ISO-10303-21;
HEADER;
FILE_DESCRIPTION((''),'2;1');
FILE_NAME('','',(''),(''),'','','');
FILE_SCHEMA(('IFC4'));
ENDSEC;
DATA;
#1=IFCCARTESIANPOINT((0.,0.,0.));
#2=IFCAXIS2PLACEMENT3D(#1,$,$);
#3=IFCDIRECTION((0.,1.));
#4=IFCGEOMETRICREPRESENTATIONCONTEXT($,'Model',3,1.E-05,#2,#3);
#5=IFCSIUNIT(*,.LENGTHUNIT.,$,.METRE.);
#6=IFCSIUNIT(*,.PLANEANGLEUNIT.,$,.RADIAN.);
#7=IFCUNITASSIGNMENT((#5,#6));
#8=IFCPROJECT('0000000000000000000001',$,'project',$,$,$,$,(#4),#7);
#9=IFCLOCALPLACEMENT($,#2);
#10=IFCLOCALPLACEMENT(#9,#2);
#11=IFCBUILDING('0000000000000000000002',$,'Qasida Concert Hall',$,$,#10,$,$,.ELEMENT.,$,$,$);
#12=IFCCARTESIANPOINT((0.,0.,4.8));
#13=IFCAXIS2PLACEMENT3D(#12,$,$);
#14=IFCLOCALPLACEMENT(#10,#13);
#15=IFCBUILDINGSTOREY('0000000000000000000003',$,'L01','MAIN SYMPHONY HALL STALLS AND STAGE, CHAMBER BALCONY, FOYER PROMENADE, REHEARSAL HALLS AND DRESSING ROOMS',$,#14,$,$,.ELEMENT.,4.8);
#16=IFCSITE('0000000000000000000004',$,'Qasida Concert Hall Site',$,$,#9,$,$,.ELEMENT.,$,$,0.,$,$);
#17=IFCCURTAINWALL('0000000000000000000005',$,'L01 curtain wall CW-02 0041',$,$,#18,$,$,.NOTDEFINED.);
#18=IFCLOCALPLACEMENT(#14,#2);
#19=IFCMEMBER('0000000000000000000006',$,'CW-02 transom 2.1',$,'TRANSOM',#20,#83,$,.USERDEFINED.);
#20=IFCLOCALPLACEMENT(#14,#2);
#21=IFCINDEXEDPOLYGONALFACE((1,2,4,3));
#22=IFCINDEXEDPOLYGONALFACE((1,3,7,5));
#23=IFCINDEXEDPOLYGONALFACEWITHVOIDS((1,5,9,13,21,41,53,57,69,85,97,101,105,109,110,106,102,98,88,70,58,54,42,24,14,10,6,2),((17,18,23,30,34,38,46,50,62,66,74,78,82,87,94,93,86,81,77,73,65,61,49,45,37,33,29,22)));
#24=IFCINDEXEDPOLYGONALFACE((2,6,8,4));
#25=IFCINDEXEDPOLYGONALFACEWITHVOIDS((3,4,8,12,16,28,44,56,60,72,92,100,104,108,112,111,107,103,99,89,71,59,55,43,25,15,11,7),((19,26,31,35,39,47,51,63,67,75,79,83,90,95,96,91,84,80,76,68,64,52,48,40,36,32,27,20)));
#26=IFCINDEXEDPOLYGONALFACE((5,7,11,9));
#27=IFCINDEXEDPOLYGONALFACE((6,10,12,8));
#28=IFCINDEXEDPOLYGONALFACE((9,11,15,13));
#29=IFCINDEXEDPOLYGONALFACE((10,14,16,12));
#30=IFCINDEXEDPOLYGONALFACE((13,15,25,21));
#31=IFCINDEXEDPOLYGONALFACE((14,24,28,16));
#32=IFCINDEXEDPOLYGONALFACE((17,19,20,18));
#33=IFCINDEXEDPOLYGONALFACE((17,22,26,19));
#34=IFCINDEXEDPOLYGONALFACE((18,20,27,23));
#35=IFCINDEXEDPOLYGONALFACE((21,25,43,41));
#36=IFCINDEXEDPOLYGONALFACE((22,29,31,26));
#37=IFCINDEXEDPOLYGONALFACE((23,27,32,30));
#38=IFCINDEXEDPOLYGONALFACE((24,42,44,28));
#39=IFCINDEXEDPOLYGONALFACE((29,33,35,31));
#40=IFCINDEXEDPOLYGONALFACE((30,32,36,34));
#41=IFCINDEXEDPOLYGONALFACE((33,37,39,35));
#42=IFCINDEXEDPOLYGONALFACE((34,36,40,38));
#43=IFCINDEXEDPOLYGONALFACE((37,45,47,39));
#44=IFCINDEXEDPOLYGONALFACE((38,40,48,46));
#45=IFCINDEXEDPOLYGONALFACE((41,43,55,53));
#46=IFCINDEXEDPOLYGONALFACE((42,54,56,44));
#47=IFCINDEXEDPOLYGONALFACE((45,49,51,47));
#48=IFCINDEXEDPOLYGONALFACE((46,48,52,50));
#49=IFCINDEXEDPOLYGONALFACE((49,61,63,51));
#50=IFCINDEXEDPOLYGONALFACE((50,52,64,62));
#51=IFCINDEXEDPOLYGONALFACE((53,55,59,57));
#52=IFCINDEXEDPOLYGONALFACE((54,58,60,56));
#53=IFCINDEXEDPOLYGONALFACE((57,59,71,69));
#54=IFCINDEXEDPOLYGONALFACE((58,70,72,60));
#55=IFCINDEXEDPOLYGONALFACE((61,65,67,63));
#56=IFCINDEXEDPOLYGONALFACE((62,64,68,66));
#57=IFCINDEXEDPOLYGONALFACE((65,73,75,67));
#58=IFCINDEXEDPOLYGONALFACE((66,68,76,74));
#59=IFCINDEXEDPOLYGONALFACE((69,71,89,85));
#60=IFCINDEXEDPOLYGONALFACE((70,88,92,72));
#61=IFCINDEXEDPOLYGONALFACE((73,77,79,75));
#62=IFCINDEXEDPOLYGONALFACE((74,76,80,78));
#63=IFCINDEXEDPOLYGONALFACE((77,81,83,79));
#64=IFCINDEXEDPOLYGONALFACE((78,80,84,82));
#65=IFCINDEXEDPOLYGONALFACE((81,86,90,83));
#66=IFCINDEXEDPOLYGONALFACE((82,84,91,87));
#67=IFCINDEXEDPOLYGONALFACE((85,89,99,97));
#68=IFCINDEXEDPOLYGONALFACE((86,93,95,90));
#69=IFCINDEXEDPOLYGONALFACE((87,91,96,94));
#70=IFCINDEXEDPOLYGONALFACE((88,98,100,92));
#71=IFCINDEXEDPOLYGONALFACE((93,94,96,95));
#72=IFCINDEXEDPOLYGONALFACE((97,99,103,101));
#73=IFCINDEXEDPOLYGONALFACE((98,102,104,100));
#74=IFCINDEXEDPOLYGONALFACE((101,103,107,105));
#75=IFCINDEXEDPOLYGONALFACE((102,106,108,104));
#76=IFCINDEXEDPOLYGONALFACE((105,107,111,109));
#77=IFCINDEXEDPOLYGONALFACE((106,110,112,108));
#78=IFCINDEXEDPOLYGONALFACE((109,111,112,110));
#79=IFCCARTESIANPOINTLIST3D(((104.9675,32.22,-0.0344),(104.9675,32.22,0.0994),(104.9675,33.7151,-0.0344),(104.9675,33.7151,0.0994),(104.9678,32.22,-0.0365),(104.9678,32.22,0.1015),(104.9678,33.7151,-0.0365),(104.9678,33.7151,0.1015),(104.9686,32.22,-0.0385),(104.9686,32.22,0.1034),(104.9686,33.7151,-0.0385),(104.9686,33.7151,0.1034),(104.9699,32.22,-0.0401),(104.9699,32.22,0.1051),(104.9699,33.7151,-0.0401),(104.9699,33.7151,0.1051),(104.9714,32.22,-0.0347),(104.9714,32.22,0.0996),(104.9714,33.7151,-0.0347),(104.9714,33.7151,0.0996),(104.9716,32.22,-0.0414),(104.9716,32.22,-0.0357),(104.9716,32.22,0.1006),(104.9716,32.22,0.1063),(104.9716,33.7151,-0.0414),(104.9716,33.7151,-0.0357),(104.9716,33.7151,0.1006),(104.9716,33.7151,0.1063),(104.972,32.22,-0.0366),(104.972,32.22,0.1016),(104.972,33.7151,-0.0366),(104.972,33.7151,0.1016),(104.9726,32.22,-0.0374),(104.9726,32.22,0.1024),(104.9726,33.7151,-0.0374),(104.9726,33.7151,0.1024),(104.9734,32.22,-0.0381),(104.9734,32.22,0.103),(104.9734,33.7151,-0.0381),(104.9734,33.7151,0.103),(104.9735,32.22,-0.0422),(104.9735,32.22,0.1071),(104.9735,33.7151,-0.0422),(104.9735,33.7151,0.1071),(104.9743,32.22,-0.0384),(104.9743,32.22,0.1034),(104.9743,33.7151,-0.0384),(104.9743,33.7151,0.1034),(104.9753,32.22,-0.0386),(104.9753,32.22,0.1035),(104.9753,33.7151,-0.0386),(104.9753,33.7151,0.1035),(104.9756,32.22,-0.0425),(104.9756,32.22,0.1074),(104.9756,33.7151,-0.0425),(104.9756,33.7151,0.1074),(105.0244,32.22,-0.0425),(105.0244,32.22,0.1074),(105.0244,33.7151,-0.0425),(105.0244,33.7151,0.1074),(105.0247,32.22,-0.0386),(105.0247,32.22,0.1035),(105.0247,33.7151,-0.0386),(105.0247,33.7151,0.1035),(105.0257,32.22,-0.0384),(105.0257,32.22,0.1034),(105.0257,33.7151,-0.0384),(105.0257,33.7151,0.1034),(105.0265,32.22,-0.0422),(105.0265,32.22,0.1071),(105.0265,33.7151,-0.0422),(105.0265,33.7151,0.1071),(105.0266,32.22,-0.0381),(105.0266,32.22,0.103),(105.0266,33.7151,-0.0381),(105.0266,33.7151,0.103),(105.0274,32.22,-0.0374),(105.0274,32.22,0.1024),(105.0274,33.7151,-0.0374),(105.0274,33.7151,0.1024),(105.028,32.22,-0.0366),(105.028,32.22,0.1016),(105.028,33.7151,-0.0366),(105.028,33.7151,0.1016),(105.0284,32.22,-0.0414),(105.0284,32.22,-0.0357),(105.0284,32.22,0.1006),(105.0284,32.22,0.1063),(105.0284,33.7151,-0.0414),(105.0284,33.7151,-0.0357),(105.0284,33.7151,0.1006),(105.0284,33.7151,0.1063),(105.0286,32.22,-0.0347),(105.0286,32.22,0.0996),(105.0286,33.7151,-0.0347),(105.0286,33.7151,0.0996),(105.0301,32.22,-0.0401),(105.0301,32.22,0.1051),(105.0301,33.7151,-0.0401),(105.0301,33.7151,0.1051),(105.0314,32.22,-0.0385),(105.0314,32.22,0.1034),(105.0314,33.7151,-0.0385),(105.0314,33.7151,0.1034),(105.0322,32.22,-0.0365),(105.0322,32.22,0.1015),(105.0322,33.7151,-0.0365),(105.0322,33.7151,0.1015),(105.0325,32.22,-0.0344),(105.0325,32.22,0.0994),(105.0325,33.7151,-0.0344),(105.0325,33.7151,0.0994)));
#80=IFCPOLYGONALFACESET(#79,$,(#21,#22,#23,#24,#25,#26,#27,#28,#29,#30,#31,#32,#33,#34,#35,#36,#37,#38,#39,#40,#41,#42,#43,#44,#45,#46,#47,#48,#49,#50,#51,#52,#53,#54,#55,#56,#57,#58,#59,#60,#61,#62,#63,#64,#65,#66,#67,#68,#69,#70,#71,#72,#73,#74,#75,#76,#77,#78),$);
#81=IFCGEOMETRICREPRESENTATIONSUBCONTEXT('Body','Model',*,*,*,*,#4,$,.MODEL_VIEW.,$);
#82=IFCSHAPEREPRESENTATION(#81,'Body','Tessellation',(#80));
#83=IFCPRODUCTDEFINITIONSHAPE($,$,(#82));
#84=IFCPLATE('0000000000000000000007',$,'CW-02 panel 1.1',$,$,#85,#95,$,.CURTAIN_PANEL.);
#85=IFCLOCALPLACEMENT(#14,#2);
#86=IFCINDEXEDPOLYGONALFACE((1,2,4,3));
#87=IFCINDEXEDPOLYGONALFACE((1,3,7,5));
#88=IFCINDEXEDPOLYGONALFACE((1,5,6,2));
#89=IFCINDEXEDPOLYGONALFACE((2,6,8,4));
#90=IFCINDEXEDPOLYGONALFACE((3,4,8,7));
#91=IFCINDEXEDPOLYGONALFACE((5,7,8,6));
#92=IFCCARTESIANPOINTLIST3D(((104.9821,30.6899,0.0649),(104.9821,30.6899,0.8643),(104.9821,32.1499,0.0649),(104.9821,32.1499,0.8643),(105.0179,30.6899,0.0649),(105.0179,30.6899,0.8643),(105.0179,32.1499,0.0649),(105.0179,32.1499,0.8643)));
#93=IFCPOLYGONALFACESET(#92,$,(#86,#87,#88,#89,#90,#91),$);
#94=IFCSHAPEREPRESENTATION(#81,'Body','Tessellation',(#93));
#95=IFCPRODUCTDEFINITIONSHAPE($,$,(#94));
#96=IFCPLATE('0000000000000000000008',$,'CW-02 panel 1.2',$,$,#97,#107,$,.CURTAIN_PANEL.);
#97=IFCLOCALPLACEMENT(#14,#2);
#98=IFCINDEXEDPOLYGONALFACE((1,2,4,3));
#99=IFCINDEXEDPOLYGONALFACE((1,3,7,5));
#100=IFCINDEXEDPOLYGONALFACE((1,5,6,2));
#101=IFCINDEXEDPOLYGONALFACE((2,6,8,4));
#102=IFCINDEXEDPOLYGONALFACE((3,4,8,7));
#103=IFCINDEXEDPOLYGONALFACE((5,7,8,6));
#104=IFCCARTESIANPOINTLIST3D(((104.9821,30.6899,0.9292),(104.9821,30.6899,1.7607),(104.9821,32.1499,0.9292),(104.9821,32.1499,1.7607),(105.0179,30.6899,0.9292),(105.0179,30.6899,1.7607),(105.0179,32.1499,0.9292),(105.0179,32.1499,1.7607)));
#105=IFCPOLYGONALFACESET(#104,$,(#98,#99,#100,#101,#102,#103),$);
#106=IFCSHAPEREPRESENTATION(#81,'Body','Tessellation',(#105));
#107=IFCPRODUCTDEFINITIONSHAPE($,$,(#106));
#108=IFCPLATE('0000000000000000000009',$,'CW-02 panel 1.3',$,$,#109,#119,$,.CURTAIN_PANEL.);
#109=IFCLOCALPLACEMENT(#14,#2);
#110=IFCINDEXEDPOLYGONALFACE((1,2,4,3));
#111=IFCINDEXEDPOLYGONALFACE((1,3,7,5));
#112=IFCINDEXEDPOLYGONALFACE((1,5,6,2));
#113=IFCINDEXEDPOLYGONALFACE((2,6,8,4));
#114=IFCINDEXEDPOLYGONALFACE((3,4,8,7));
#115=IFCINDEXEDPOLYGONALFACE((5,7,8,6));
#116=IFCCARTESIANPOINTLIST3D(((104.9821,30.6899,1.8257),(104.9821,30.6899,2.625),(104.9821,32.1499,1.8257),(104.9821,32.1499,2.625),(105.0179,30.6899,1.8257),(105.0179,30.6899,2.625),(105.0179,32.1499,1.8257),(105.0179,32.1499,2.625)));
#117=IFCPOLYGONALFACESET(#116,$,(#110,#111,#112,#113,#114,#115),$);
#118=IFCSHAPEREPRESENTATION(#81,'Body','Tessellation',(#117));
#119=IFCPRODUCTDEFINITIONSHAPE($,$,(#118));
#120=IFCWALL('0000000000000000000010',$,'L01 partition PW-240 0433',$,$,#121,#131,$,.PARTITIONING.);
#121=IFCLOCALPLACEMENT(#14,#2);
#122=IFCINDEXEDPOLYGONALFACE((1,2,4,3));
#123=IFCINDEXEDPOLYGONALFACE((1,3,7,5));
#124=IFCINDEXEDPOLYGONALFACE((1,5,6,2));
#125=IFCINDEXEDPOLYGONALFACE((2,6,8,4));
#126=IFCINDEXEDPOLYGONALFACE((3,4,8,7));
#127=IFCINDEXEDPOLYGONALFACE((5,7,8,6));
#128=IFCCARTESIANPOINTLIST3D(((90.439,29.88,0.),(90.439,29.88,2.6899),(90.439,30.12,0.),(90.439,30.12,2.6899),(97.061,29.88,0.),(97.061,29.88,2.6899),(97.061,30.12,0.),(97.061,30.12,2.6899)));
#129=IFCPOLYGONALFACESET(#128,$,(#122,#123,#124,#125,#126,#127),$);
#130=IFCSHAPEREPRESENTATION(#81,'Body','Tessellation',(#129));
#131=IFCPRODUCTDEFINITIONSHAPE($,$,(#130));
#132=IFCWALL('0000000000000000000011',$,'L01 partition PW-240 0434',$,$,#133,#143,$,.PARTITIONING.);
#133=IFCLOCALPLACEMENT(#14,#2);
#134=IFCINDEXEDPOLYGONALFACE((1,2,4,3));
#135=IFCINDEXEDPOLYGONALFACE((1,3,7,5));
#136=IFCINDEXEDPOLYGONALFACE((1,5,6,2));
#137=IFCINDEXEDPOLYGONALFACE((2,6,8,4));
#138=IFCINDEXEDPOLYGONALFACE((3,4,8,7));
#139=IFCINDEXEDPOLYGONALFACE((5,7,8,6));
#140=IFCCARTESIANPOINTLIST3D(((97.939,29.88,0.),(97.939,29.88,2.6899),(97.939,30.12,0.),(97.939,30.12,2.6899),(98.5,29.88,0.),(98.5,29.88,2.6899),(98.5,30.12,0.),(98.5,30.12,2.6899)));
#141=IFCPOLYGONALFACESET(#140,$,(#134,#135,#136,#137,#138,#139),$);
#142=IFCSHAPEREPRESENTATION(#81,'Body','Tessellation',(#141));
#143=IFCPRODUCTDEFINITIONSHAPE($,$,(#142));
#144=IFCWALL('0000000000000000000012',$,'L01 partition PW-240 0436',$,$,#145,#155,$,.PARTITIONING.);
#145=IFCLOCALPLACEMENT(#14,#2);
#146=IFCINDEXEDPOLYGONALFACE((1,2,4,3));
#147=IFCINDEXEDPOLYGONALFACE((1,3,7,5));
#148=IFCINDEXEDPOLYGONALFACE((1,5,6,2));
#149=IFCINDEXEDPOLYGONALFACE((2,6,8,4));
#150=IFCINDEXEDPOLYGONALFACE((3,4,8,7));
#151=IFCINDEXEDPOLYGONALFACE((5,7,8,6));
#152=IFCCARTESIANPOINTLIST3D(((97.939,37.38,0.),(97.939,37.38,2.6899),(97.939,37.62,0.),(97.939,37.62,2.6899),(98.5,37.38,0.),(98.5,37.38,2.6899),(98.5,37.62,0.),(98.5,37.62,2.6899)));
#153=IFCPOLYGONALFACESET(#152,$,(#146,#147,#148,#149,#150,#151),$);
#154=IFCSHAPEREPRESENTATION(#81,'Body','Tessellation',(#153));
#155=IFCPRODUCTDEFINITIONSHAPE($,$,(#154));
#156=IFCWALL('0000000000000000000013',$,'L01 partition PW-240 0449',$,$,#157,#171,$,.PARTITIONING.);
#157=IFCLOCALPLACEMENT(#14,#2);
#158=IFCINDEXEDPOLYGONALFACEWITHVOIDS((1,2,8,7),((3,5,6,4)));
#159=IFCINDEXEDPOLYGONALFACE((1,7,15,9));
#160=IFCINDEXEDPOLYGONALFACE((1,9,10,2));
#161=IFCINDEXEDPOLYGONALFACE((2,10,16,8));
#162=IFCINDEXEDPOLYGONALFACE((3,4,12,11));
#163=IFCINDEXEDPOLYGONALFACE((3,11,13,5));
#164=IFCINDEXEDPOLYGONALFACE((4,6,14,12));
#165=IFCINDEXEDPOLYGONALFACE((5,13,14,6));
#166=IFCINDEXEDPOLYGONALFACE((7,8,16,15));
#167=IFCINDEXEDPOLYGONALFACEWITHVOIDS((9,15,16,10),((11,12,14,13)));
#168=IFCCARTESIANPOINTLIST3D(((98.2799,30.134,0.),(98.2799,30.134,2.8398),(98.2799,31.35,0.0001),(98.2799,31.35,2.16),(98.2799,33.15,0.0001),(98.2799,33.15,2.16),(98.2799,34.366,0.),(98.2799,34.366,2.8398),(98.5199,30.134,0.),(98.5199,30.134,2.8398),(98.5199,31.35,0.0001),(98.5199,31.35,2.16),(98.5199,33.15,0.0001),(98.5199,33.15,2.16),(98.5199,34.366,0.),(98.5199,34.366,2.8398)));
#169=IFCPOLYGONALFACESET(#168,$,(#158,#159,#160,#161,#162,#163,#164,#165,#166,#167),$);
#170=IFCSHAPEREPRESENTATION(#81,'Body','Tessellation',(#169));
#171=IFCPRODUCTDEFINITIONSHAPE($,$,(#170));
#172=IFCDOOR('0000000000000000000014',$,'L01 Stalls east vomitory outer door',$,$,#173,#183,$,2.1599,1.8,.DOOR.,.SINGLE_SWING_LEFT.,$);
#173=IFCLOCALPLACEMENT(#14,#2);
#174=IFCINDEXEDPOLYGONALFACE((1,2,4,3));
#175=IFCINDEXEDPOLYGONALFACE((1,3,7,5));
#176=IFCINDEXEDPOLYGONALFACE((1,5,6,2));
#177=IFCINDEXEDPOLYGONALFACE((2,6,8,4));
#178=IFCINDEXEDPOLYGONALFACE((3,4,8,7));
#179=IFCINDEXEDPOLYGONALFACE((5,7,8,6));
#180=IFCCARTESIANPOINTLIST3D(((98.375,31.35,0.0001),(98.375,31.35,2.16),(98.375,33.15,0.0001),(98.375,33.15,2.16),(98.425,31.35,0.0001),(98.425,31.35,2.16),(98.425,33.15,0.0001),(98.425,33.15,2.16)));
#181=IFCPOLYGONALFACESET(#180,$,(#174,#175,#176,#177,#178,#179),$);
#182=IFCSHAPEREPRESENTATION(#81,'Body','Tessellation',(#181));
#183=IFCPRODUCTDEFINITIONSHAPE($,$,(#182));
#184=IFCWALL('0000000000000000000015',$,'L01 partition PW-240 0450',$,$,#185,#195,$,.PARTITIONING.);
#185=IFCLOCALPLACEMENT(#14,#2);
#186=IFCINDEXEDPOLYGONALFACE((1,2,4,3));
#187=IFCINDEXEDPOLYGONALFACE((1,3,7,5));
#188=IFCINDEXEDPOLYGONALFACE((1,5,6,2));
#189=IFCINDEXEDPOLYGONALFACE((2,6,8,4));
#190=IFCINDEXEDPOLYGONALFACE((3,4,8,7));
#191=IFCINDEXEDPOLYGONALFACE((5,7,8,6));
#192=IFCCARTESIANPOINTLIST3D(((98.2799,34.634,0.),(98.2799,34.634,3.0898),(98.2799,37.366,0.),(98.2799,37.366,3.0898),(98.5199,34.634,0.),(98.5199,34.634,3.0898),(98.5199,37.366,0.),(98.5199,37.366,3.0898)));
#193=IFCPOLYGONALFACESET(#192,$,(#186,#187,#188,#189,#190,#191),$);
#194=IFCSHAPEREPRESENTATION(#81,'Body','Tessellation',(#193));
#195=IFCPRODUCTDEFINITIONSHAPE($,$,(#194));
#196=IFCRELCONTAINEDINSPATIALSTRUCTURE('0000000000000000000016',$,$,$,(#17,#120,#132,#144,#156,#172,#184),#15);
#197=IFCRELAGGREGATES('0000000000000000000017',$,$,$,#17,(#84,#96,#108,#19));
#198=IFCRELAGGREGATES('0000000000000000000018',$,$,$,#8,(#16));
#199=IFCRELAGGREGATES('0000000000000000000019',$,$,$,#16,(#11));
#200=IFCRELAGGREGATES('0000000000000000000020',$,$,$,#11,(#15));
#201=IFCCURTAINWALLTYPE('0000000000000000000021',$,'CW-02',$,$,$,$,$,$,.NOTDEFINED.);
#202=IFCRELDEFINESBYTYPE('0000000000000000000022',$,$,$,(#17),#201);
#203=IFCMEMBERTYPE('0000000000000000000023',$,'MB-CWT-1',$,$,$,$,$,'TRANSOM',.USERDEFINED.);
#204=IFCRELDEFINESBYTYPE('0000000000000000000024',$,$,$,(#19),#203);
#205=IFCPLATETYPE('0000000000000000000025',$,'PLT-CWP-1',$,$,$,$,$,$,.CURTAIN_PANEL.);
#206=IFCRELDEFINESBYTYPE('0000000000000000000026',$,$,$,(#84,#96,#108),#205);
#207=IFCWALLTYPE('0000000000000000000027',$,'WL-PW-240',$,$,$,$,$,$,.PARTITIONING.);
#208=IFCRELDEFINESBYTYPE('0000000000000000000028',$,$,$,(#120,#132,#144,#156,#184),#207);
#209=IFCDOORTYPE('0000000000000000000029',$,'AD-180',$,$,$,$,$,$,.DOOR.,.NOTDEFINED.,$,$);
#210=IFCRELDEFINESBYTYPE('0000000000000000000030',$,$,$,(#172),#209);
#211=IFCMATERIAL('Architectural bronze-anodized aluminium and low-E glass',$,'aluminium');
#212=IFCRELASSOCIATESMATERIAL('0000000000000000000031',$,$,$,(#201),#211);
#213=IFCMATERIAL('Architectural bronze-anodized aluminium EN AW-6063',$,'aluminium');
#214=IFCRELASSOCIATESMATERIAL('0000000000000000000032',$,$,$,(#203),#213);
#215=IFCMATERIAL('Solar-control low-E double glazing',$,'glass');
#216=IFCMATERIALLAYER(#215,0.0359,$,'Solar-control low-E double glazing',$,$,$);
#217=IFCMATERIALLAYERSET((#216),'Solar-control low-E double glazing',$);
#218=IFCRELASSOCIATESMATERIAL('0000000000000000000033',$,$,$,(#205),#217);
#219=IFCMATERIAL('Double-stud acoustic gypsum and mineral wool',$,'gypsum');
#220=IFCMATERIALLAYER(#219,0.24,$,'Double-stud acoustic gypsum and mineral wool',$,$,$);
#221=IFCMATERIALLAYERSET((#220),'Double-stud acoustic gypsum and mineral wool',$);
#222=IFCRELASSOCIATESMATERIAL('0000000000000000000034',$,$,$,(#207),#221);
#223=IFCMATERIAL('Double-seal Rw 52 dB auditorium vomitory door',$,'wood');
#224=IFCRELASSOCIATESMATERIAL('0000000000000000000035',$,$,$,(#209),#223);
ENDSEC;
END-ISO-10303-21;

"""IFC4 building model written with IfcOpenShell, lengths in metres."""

from ifc_helpers import new_model, si_unit, direction, frame, frame_2d, origin, origin_2d, place, context, subcontext, project, spatial, rectangle, hollow_rectangle, extrude, material, layer, layer_set, material_profile, profile_set, type_object, element, fill, aggregate, save


model = new_model("IFC4")

# Units and contexts
model_context = context("Model", 3, precision=1e-05, world=origin(), true_north=direction((0.0, 1.0)))
body_context = subcontext(model_context, "Body", "Model", "MODEL_VIEW")
ifc_project = project(units=[si_unit("LENGTHUNIT", "METRE"), si_unit("PLANEANGLEUNIT", "RADIAN")], contexts=[model_context])

# Site, building, storey
site_placement = place(None, origin())
site = spatial("IfcSite", under=ifc_project, at=site_placement, Name="Qasida Concert Hall Site", CompositionType="ELEMENT", RefElevation=0.0)
building_placement = place(site_placement, origin())
building = spatial("IfcBuilding", under=site, at=building_placement, Name="Qasida Concert Hall", CompositionType="ELEMENT")
storey_placement = place(building_placement, frame((0.0, 0.0, 4.8)))
storey = spatial("IfcBuildingStorey", under=building, at=storey_placement, Name="L01", Description="MAIN SYMPHONY HALL STALLS AND STAGE, CHAMBER BALCONY, FOYER PROMENADE, REHEARSAL HALLS AND DRESSING ROOMS", CompositionType="ELEMENT", Elevation=4.8)

# Curtain wall, member, plates
ifc_material_1 = material(Name="Architectural bronze-anodized aluminium and low-E glass", Category="aluminium")
curtain_wall_type = type_object("IfcCurtainWallType", Name="CW-02", PredefinedType="NOTDEFINED", material=ifc_material_1)
curtain_wall_placement = place(storey_placement, origin())
curtain_wall = element("IfcCurtainWall", 1, at=curtain_wall_placement, inside=storey, type_object=curtain_wall_type, Name="L01 curtain wall CW-02 0041", PredefinedType="NOTDEFINED")
ifc_material_2 = material(Name="Architectural bronze-anodized aluminium EN AW-6063", Category="aluminium")
ifc_material_profile_1 = material_profile(ifc_material_2, hollow_rectangle(XDim=0.0649, YDim=0.1499, WallThickness=0.0039, InnerFilletRadius=0.0039, OuterFilletRadius=0.0081, at=origin_2d()), Name="CWT 150x65x4")
ifc_profile_set_1 = profile_set([ifc_material_profile_1], Name="Architectural bronze-anodized aluminium EN AW-6063")
member_type_1 = type_object("IfcMemberType", Name="MB-CWT-1", ElementType="TRANSOM", PredefinedType="USERDEFINED", material=ifc_profile_set_1)
member_1_placement = place(storey_placement, frame((105.0, 32.22, 0.0325), z_axis=(0.0, 1.0, 0.0), x_axis=(-1.0, 0.0, 0.0)))
member_1 = element("IfcMember", 2, at=member_1_placement, type_object=member_type_1, Name="CW-02 transom 2.1", ObjectType="TRANSOM", PredefinedType="USERDEFINED", context=body_context, shape_type="SweptSolid", body=[
    extrude(hollow_rectangle(XDim=0.0649, YDim=0.1499, WallThickness=0.0039, InnerFilletRadius=0.0039, OuterFilletRadius=0.0081, at=origin_2d()), origin(), (0.0, 0.0, 1.0), 1.4951),
])
ifc_material_3 = material(Name="Solar-control low-E double glazing", Category="glass")
ifc_layer_1 = layer(ifc_material_3, 0.0359, Name="Solar-control low-E double glazing")
ifc_layer_set_1 = layer_set([ifc_layer_1], Name="Solar-control low-E double glazing")
plate_type = type_object("IfcPlateType", Name="PLT-CWP-1", PredefinedType="CURTAIN_PANEL", material=ifc_layer_set_1)
plate_1_placement = place(storey_placement, frame((105.0, 31.4199, 0.0649), z_axis=(0.0, 0.0, 1.0), x_axis=(0.0, 1.0, 0.0)))
plate_1 = element("IfcPlate", 3, at=plate_1_placement, type_object=plate_type, Name="CW-02 panel 1.1", PredefinedType="CURTAIN_PANEL", context=body_context, shape_type="SweptSolid", body=[
    extrude(rectangle(XDim=1.46, YDim=0.0359, at=origin_2d()), origin(), (0.0, 0.0, 1.0), 0.7993),
])
plate_2_placement = place(storey_placement, frame((105.0, 31.4199, 0.9292), z_axis=(0.0, 0.0, 1.0), x_axis=(0.0, 1.0, 0.0)))
plate_2 = element("IfcPlate", 4, at=plate_2_placement, type_object=plate_type, Name="CW-02 panel 1.2", PredefinedType="CURTAIN_PANEL", context=body_context, shape_type="SweptSolid", body=[
    extrude(rectangle(XDim=1.46, YDim=0.0359, at=origin_2d()), origin(), (0.0, 0.0, 1.0), 0.8315),
])
plate_3_placement = place(storey_placement, frame((105.0, 31.4199, 1.8257), z_axis=(0.0, 0.0, 1.0), x_axis=(0.0, 1.0, 0.0)))
plate_3 = element("IfcPlate", 5, at=plate_3_placement, type_object=plate_type, Name="CW-02 panel 1.3", PredefinedType="CURTAIN_PANEL", context=body_context, shape_type="SweptSolid", body=[
    extrude(rectangle(XDim=1.46, YDim=0.0359, at=origin_2d()), origin(), (0.0, 0.0, 1.0), 0.7993),
])
aggregate(curtain_wall, [plate_1, plate_2, plate_3, member_1])

# Walls
ifc_material_4 = material(Name="Double-stud acoustic gypsum and mineral wool", Category="gypsum")
ifc_layer_2 = layer(ifc_material_4, 0.24, Name="Double-stud acoustic gypsum and mineral wool")
ifc_layer_set_2 = layer_set([ifc_layer_2], Name="Double-stud acoustic gypsum and mineral wool")
wall_type_1 = type_object("IfcWallType", Name="WL-PW-240", PredefinedType="PARTITIONING", material=ifc_layer_set_2)
wall_1_placement = place(storey_placement, frame((90.439, 30.0, 0.0), z_axis=(0.0, 0.0, 1.0), x_axis=(1.0, 0.0, 0.0)))
element("IfcWall", 6, at=wall_1_placement, inside=storey, type_object=wall_type_1, Name="L01 partition PW-240 0433", PredefinedType="PARTITIONING", context=body_context, shape_type="SweptSolid", body=[
    extrude(rectangle(XDim=6.6221, YDim=0.24, at=frame_2d((3.311, 0.0))), origin(), (0.0, 0.0, 1.0), 2.6899),
])
for number, where, z_axis, x_axis, name in (
    (7, (97.939, 30.0, 0.0), (0.0, 0.0, 1.0), (1.0, 0.0, 0.0), "L01 partition PW-240 0434"),
    (8, (97.939, 37.5, 0.0), (0.0, 0.0, 1.0), (1.0, 0.0, 0.0), "L01 partition PW-240 0436"),
):
    element("IfcWall", number, at=place(storey_placement, frame(where, z_axis=z_axis, x_axis=x_axis)), inside=storey, type_object=wall_type_1, Name=name, PredefinedType="PARTITIONING", context=body_context, shape_type="SweptSolid", body=[
        extrude(rectangle(XDim=0.561, YDim=0.24, at=frame_2d((0.2805, 0.0))), origin(), (0.0, 0.0, 1.0), 2.6899),
    ])

# Wall, opening, door
wall_2_placement = place(storey_placement, frame((98.3999, 30.134, 0.0), z_axis=(0.0, 0.0, 1.0), x_axis=(0.0, 1.0, 0.0)))
wall_2 = element("IfcWall", 9, at=wall_2_placement, inside=storey, type_object=wall_type_1, Name="L01 partition PW-240 0449", PredefinedType="PARTITIONING", context=body_context, shape_type="SweptSolid", body=[
    extrude(rectangle(XDim=4.2319, YDim=0.24, at=frame_2d((2.116, 0.0))), origin(), (0.0, 0.0, 1.0), 2.8398),
])
opening_placement = place(wall_2_placement, frame((1.2161, 0.0, 0.0)))
opening = element("IfcOpeningElement", 10, at=opening_placement, cuts=wall_2, PredefinedType="OPENING", context=body_context, shape_type="SweptSolid", body=[
    extrude(rectangle(XDim=1.8, YDim=2.1599, at=frame_2d((0.8999, 1.0801))), frame((0.0, 0.1299, 0.0), z_axis=(0.0, -1.0, 0.0), x_axis=(1.0, 0.0, 0.0)), (0.0, 0.0, 1.0), 0.26),
])
ifc_material_5 = material(Name="Double-seal Rw 52 dB auditorium vomitory door", Category="wood")
door_type = type_object("IfcDoorType", Name="AD-180", OperationType="NOTDEFINED", PredefinedType="DOOR", material=ifc_material_5)
door_placement = place(opening_placement, origin())
door = element("IfcDoor", 11, at=door_placement, inside=storey, type_object=door_type, Name="L01 Stalls east vomitory outer door", OperationType="SINGLE_SWING_LEFT", OverallHeight=2.1599, OverallWidth=1.8, PredefinedType="DOOR", context=body_context, shape_type="SweptSolid", body=[
    extrude(rectangle(XDim=1.8, YDim=2.1599, at=frame_2d((0.8999, 1.0801))), frame((0.0, 0.0249, 0.0), z_axis=(0.0, -1.0, 0.0), x_axis=(1.0, 0.0, 0.0)), (0.0, 0.0, 1.0), 0.05),
])
fill(opening, door)

# Wall
wall_3_placement = place(storey_placement, frame((98.3999, 34.634, 0.0), z_axis=(0.0, 0.0, 1.0), x_axis=(0.0, 1.0, 0.0)))
element("IfcWall", 12, at=wall_3_placement, inside=storey, type_object=wall_type_1, Name="L01 partition PW-240 0450", PredefinedType="PARTITIONING", context=body_context, shape_type="SweptSolid", body=[
    extrude(rectangle(XDim=2.7319, YDim=0.24, at=frame_2d((1.366, 0.0))), origin(), (0.0, 0.0, 1.0), 3.0898),
])

save(model, "model.ifc")
